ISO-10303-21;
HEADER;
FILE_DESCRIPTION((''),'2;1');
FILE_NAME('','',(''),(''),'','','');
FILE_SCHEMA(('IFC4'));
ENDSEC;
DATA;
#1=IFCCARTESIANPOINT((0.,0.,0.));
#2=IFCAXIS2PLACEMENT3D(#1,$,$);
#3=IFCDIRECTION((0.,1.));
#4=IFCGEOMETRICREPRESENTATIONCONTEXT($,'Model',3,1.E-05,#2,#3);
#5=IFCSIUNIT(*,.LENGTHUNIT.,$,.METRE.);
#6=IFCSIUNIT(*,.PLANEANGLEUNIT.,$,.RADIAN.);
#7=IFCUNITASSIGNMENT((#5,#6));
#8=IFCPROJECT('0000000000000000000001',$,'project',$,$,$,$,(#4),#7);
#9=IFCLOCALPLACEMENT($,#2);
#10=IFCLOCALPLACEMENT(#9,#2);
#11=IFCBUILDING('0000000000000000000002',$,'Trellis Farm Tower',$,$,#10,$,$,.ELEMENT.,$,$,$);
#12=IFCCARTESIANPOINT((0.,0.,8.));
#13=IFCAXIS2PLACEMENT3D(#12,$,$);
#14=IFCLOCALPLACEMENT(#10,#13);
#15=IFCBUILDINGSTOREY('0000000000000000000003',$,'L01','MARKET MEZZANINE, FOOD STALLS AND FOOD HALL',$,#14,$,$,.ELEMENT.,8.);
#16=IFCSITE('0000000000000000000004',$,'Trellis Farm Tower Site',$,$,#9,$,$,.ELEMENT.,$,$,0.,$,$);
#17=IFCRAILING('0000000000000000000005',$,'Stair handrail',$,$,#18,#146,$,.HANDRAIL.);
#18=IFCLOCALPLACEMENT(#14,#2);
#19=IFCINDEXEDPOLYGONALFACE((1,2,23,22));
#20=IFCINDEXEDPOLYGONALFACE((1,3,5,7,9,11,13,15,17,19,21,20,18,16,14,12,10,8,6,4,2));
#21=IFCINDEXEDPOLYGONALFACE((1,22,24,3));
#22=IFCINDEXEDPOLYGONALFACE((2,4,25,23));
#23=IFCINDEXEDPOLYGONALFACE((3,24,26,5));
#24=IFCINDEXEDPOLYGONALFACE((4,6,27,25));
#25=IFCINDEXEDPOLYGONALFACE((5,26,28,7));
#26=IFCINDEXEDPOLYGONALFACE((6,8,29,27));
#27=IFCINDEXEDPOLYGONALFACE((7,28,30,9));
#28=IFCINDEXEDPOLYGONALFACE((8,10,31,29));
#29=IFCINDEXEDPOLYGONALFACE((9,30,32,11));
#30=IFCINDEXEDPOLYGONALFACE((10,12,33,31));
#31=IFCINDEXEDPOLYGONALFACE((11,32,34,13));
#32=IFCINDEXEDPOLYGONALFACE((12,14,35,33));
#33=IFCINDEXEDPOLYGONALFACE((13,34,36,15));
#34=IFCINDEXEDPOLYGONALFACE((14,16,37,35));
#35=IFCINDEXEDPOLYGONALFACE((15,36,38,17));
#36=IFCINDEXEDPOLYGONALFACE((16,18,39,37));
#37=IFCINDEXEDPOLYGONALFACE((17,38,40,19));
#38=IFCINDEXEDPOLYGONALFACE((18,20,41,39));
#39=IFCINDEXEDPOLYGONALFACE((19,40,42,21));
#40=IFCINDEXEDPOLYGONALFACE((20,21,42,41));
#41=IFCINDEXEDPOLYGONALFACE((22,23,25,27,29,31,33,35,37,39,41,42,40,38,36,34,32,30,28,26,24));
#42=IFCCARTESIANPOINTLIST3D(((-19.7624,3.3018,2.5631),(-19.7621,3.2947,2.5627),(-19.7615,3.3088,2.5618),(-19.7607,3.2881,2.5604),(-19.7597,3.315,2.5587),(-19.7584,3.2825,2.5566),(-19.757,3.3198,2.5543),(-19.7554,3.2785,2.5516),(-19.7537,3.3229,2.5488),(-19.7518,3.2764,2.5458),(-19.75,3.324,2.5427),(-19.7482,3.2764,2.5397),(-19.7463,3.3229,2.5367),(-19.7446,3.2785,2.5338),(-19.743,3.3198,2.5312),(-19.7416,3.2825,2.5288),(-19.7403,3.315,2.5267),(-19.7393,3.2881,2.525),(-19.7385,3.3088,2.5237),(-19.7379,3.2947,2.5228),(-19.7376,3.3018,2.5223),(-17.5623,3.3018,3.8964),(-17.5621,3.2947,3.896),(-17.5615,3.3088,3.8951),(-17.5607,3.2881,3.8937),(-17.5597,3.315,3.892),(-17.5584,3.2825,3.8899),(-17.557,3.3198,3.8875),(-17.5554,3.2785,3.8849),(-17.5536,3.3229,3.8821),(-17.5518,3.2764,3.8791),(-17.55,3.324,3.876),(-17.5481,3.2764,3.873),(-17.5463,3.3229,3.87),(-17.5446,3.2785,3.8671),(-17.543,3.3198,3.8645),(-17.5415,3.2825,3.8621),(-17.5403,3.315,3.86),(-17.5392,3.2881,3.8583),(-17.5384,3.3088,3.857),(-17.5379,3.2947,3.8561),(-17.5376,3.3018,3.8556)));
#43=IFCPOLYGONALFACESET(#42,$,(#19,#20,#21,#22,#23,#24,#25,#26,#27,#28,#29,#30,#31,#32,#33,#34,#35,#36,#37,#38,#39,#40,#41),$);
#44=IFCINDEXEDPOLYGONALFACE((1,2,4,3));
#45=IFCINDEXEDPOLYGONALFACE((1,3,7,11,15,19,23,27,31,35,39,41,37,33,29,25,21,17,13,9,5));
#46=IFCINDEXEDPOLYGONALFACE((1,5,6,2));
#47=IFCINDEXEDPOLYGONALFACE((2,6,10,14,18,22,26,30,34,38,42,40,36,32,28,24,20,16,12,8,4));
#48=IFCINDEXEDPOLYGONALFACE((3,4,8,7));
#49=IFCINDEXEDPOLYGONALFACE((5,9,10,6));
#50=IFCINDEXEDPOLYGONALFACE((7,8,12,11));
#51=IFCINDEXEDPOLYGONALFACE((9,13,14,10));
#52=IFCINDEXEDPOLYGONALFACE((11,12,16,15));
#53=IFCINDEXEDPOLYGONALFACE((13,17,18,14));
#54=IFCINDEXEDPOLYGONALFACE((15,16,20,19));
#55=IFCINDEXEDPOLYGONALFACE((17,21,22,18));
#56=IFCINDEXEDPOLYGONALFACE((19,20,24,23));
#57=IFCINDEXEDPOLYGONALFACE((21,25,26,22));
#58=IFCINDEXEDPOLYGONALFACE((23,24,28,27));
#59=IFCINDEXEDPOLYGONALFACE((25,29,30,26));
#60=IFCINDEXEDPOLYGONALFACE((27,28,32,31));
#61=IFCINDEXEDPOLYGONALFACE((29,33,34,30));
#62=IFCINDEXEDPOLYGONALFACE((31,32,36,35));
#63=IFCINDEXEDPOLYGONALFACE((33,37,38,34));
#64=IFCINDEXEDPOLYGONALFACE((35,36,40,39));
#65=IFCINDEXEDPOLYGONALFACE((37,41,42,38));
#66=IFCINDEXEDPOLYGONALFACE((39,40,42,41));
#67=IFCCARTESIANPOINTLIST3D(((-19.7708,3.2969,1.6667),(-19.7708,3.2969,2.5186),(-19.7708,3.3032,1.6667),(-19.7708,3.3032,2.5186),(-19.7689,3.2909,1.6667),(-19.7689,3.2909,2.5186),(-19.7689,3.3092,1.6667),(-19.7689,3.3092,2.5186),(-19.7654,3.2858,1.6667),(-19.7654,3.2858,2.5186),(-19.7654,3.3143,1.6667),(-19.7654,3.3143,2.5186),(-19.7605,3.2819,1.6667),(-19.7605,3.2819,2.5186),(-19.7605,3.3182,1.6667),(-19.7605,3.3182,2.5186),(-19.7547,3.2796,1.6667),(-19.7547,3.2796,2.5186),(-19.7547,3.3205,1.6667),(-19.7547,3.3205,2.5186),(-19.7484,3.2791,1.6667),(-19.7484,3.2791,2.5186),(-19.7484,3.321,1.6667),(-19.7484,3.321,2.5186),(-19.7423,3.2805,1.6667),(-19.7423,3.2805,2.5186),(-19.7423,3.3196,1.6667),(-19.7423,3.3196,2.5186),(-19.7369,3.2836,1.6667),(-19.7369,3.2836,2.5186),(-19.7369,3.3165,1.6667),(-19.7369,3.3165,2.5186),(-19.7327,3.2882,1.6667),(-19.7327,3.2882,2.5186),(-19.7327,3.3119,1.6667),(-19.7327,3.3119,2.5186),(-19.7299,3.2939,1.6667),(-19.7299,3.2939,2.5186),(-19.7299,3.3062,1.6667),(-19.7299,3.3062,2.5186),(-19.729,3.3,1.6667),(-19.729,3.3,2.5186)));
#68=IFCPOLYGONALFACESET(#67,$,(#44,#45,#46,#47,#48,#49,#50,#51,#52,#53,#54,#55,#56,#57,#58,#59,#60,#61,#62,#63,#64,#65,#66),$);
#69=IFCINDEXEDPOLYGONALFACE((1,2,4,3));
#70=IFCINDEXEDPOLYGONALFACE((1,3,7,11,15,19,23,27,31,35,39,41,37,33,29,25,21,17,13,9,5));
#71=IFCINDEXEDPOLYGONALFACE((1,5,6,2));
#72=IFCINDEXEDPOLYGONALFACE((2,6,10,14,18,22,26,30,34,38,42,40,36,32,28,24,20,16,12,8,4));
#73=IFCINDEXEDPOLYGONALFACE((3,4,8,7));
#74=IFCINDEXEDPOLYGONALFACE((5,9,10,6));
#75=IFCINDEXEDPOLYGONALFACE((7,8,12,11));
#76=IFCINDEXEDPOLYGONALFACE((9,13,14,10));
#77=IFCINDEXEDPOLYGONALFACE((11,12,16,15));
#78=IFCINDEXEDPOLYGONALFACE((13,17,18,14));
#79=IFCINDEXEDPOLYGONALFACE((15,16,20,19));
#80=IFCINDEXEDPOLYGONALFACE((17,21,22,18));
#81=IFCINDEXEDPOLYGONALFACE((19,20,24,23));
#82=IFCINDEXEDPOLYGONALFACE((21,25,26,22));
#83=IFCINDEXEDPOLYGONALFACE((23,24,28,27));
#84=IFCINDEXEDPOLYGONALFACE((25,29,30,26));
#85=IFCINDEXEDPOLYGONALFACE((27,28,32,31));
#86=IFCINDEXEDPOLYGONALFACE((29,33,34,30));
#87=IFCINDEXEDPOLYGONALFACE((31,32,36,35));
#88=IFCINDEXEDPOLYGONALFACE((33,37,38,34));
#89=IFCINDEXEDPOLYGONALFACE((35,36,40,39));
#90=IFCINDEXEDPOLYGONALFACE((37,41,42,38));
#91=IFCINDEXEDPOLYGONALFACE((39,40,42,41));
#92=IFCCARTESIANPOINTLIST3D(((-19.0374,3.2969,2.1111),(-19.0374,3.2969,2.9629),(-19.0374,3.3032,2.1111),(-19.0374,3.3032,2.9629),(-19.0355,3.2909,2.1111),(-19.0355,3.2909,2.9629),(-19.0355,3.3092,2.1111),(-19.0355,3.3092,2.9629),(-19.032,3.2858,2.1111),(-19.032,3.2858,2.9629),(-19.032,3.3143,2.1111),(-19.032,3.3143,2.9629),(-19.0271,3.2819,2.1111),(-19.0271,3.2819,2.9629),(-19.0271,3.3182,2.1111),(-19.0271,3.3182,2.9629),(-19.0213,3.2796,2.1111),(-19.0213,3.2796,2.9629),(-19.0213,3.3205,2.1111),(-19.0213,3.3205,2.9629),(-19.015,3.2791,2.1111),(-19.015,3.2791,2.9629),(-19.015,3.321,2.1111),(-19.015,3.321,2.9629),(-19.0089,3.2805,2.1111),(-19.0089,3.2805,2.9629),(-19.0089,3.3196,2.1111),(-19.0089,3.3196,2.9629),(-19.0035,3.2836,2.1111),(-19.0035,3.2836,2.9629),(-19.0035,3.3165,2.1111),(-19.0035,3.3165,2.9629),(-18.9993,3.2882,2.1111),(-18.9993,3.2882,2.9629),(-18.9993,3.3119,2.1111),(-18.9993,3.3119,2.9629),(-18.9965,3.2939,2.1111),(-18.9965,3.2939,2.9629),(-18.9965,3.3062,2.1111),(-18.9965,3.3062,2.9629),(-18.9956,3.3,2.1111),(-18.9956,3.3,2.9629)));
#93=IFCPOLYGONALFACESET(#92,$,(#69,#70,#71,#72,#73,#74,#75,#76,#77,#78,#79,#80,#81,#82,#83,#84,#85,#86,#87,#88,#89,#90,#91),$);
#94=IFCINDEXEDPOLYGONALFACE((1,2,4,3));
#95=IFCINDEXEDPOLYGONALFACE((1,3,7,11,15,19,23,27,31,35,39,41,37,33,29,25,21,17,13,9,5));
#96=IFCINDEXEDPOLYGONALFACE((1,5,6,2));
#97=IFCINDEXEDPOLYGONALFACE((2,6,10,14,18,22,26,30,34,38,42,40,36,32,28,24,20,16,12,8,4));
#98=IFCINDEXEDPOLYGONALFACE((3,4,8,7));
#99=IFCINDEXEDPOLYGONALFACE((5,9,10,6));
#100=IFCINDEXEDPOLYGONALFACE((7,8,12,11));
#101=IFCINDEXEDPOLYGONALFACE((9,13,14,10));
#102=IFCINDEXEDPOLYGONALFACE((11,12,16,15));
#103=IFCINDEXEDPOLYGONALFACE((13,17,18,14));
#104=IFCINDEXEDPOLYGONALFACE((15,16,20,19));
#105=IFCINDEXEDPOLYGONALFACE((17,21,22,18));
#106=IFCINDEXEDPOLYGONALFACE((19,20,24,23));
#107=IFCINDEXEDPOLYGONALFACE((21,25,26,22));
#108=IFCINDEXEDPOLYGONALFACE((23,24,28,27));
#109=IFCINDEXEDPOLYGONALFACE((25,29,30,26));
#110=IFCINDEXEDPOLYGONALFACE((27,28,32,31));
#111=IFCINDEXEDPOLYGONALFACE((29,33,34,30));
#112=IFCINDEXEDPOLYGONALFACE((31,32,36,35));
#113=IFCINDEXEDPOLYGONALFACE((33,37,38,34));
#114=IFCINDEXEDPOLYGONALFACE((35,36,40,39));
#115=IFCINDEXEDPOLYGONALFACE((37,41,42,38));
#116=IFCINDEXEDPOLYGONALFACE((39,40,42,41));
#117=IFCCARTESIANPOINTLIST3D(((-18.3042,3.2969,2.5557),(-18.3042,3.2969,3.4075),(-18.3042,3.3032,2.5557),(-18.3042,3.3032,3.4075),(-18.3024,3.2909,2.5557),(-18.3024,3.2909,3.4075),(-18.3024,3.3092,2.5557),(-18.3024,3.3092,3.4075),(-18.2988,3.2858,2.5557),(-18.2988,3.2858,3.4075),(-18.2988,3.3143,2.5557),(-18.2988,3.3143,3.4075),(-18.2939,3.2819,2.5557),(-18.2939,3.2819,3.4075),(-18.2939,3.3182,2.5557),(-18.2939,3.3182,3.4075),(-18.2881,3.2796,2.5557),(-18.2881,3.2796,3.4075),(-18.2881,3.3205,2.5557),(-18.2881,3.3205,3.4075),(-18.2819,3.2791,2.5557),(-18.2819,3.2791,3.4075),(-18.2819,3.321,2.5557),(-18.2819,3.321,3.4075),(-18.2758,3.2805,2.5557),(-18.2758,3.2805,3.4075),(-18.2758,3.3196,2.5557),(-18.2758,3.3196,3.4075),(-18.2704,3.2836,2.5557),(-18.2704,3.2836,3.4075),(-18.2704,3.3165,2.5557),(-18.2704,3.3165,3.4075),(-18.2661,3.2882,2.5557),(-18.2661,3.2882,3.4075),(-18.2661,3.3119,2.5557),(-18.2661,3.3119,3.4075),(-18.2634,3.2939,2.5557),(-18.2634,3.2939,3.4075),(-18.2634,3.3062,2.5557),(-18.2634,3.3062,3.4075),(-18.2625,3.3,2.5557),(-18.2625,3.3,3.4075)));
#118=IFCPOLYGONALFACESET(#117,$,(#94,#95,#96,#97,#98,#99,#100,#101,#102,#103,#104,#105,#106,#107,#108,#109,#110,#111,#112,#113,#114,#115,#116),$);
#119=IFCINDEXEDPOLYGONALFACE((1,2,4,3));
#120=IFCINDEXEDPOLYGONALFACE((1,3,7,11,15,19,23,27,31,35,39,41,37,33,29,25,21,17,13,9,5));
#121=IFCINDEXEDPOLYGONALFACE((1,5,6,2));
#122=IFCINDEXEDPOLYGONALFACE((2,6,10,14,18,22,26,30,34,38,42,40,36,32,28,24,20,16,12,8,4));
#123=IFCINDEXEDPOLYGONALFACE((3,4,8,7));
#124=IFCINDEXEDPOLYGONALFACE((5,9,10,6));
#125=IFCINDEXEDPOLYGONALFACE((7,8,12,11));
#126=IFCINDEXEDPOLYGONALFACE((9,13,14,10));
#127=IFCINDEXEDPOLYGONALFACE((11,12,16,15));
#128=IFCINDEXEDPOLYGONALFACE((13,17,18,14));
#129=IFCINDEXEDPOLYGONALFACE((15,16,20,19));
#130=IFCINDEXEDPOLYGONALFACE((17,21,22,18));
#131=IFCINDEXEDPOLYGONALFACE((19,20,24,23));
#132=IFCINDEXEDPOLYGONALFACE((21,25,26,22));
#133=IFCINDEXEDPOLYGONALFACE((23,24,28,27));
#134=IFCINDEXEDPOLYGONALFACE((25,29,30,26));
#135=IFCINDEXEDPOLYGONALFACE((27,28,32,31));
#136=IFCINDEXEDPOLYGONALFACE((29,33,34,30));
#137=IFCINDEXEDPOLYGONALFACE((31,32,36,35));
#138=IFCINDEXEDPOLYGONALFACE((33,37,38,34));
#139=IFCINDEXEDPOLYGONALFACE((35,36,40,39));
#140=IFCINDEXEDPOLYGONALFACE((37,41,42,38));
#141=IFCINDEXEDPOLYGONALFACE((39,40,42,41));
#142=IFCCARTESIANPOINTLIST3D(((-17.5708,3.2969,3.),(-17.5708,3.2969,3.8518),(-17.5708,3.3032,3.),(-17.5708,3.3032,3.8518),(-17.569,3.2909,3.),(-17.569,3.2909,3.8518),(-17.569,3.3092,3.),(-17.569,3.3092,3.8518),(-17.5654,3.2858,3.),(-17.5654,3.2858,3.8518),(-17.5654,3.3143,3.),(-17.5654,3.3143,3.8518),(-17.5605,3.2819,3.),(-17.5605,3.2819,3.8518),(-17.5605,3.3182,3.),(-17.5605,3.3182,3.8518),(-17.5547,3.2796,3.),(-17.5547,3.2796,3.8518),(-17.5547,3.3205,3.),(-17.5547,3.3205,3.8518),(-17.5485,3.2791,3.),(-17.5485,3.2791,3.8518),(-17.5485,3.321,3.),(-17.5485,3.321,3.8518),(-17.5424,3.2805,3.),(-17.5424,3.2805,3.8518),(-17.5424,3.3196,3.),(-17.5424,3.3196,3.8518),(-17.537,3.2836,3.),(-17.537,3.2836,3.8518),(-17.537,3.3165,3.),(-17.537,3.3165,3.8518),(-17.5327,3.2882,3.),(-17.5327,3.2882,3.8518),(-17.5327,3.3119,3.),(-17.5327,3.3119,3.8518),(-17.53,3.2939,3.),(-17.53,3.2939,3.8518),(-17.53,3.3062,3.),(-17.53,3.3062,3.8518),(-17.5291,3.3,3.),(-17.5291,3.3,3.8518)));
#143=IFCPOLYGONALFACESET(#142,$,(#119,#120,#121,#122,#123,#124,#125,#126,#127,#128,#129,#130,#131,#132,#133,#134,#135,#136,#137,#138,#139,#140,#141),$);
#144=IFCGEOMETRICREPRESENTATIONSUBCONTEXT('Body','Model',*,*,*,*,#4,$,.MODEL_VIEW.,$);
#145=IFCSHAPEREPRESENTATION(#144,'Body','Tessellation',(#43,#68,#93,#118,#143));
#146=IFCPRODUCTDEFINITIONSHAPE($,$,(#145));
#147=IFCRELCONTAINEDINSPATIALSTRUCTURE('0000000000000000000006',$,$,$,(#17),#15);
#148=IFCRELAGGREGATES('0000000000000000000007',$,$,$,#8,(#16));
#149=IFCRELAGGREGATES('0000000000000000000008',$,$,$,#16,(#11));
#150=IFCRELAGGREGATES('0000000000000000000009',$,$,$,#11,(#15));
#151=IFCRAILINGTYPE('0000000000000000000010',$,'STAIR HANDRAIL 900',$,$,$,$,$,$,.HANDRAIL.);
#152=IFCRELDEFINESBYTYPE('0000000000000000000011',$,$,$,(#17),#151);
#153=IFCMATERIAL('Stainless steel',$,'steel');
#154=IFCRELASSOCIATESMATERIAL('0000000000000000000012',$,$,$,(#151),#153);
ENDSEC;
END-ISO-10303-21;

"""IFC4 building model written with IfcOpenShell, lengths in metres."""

from ifc_helpers import new_model, si_unit, direction, frame, origin, origin_2d, place, context, subcontext, project, spatial, circle, extrude, source, transform, mapped, material, type_object, element, save


model = new_model("IFC4")

# Units and contexts
model_context = context("Model", 3, precision=1e-05, world=origin(), true_north=direction((0.0, 1.0)))
body_context = subcontext(model_context, "Body", "Model", "MODEL_VIEW")
ifc_project = project(units=[si_unit("LENGTHUNIT", "METRE"), si_unit("PLANEANGLEUNIT", "RADIAN")], contexts=[model_context])

# Site, building, storey
site_placement = place(None, origin())
site = spatial("IfcSite", under=ifc_project, at=site_placement, Name="Trellis Farm Tower Site", CompositionType="ELEMENT", RefElevation=0.0)
building_placement = place(site_placement, origin())
building = spatial("IfcBuilding", under=site, at=building_placement, Name="Trellis Farm Tower", CompositionType="ELEMENT")
storey_placement = place(building_placement, frame((0.0, 0.0, 8.0)))
storey = spatial("IfcBuildingStorey", under=building, at=storey_placement, Name="L01", Description="MARKET MEZZANINE, FOOD STALLS AND FOOD HALL", CompositionType="ELEMENT", Elevation=8.0)

# Railing
ifc_material_1 = material(Name="Stainless steel", Category="steel")
railing_type = type_object("IfcRailingType", Name="STAIR HANDRAIL 900", PredefinedType="HANDRAIL", material=ifc_material_1)
shared_shape_1 = source(origin(), body_context, "Body", "SweptSolid", [
    extrude(circle(Radius=0.0239, at=origin_2d()), frame((0.0, 0.0, 0.876), z_axis=(0.855207, 0.0, 0.518287), x_axis=(0.0, 1.0, 0.0)), (0.0, 0.0, 1.0), 2.5725),
    extrude(circle(Radius=0.021, at=origin_2d()), origin(), (0.0, 0.0, 1.0), 0.8518),
    extrude(circle(Radius=0.021, at=origin_2d()), frame((0.7334, 0.0, 0.4443)), (0.0, 0.0, 1.0), 0.8518),
    extrude(circle(Radius=0.021, at=origin_2d()), frame((1.4666, 0.0, 0.8889)), (0.0, 0.0, 1.0), 0.8518),
    extrude(circle(Radius=0.021, at=origin_2d()), frame((2.2, 0.0, 1.3333)), (0.0, 0.0, 1.0), 0.8518),
])
for number, where, name in (
    (1, (-19.75, 3.3, 1.6667), "Stair handrail"),
):
    element("IfcRailing", number, at=place(storey_placement, frame(where)), inside=storey, type_object=railing_type, Name=name, PredefinedType="HANDRAIL", context=body_context, shape_type="MappedRepresentation", body=[
        mapped(shared_shape_1, transform((0.0, 0.0, 0.0))),
    ])

save(model, "model.ifc")
